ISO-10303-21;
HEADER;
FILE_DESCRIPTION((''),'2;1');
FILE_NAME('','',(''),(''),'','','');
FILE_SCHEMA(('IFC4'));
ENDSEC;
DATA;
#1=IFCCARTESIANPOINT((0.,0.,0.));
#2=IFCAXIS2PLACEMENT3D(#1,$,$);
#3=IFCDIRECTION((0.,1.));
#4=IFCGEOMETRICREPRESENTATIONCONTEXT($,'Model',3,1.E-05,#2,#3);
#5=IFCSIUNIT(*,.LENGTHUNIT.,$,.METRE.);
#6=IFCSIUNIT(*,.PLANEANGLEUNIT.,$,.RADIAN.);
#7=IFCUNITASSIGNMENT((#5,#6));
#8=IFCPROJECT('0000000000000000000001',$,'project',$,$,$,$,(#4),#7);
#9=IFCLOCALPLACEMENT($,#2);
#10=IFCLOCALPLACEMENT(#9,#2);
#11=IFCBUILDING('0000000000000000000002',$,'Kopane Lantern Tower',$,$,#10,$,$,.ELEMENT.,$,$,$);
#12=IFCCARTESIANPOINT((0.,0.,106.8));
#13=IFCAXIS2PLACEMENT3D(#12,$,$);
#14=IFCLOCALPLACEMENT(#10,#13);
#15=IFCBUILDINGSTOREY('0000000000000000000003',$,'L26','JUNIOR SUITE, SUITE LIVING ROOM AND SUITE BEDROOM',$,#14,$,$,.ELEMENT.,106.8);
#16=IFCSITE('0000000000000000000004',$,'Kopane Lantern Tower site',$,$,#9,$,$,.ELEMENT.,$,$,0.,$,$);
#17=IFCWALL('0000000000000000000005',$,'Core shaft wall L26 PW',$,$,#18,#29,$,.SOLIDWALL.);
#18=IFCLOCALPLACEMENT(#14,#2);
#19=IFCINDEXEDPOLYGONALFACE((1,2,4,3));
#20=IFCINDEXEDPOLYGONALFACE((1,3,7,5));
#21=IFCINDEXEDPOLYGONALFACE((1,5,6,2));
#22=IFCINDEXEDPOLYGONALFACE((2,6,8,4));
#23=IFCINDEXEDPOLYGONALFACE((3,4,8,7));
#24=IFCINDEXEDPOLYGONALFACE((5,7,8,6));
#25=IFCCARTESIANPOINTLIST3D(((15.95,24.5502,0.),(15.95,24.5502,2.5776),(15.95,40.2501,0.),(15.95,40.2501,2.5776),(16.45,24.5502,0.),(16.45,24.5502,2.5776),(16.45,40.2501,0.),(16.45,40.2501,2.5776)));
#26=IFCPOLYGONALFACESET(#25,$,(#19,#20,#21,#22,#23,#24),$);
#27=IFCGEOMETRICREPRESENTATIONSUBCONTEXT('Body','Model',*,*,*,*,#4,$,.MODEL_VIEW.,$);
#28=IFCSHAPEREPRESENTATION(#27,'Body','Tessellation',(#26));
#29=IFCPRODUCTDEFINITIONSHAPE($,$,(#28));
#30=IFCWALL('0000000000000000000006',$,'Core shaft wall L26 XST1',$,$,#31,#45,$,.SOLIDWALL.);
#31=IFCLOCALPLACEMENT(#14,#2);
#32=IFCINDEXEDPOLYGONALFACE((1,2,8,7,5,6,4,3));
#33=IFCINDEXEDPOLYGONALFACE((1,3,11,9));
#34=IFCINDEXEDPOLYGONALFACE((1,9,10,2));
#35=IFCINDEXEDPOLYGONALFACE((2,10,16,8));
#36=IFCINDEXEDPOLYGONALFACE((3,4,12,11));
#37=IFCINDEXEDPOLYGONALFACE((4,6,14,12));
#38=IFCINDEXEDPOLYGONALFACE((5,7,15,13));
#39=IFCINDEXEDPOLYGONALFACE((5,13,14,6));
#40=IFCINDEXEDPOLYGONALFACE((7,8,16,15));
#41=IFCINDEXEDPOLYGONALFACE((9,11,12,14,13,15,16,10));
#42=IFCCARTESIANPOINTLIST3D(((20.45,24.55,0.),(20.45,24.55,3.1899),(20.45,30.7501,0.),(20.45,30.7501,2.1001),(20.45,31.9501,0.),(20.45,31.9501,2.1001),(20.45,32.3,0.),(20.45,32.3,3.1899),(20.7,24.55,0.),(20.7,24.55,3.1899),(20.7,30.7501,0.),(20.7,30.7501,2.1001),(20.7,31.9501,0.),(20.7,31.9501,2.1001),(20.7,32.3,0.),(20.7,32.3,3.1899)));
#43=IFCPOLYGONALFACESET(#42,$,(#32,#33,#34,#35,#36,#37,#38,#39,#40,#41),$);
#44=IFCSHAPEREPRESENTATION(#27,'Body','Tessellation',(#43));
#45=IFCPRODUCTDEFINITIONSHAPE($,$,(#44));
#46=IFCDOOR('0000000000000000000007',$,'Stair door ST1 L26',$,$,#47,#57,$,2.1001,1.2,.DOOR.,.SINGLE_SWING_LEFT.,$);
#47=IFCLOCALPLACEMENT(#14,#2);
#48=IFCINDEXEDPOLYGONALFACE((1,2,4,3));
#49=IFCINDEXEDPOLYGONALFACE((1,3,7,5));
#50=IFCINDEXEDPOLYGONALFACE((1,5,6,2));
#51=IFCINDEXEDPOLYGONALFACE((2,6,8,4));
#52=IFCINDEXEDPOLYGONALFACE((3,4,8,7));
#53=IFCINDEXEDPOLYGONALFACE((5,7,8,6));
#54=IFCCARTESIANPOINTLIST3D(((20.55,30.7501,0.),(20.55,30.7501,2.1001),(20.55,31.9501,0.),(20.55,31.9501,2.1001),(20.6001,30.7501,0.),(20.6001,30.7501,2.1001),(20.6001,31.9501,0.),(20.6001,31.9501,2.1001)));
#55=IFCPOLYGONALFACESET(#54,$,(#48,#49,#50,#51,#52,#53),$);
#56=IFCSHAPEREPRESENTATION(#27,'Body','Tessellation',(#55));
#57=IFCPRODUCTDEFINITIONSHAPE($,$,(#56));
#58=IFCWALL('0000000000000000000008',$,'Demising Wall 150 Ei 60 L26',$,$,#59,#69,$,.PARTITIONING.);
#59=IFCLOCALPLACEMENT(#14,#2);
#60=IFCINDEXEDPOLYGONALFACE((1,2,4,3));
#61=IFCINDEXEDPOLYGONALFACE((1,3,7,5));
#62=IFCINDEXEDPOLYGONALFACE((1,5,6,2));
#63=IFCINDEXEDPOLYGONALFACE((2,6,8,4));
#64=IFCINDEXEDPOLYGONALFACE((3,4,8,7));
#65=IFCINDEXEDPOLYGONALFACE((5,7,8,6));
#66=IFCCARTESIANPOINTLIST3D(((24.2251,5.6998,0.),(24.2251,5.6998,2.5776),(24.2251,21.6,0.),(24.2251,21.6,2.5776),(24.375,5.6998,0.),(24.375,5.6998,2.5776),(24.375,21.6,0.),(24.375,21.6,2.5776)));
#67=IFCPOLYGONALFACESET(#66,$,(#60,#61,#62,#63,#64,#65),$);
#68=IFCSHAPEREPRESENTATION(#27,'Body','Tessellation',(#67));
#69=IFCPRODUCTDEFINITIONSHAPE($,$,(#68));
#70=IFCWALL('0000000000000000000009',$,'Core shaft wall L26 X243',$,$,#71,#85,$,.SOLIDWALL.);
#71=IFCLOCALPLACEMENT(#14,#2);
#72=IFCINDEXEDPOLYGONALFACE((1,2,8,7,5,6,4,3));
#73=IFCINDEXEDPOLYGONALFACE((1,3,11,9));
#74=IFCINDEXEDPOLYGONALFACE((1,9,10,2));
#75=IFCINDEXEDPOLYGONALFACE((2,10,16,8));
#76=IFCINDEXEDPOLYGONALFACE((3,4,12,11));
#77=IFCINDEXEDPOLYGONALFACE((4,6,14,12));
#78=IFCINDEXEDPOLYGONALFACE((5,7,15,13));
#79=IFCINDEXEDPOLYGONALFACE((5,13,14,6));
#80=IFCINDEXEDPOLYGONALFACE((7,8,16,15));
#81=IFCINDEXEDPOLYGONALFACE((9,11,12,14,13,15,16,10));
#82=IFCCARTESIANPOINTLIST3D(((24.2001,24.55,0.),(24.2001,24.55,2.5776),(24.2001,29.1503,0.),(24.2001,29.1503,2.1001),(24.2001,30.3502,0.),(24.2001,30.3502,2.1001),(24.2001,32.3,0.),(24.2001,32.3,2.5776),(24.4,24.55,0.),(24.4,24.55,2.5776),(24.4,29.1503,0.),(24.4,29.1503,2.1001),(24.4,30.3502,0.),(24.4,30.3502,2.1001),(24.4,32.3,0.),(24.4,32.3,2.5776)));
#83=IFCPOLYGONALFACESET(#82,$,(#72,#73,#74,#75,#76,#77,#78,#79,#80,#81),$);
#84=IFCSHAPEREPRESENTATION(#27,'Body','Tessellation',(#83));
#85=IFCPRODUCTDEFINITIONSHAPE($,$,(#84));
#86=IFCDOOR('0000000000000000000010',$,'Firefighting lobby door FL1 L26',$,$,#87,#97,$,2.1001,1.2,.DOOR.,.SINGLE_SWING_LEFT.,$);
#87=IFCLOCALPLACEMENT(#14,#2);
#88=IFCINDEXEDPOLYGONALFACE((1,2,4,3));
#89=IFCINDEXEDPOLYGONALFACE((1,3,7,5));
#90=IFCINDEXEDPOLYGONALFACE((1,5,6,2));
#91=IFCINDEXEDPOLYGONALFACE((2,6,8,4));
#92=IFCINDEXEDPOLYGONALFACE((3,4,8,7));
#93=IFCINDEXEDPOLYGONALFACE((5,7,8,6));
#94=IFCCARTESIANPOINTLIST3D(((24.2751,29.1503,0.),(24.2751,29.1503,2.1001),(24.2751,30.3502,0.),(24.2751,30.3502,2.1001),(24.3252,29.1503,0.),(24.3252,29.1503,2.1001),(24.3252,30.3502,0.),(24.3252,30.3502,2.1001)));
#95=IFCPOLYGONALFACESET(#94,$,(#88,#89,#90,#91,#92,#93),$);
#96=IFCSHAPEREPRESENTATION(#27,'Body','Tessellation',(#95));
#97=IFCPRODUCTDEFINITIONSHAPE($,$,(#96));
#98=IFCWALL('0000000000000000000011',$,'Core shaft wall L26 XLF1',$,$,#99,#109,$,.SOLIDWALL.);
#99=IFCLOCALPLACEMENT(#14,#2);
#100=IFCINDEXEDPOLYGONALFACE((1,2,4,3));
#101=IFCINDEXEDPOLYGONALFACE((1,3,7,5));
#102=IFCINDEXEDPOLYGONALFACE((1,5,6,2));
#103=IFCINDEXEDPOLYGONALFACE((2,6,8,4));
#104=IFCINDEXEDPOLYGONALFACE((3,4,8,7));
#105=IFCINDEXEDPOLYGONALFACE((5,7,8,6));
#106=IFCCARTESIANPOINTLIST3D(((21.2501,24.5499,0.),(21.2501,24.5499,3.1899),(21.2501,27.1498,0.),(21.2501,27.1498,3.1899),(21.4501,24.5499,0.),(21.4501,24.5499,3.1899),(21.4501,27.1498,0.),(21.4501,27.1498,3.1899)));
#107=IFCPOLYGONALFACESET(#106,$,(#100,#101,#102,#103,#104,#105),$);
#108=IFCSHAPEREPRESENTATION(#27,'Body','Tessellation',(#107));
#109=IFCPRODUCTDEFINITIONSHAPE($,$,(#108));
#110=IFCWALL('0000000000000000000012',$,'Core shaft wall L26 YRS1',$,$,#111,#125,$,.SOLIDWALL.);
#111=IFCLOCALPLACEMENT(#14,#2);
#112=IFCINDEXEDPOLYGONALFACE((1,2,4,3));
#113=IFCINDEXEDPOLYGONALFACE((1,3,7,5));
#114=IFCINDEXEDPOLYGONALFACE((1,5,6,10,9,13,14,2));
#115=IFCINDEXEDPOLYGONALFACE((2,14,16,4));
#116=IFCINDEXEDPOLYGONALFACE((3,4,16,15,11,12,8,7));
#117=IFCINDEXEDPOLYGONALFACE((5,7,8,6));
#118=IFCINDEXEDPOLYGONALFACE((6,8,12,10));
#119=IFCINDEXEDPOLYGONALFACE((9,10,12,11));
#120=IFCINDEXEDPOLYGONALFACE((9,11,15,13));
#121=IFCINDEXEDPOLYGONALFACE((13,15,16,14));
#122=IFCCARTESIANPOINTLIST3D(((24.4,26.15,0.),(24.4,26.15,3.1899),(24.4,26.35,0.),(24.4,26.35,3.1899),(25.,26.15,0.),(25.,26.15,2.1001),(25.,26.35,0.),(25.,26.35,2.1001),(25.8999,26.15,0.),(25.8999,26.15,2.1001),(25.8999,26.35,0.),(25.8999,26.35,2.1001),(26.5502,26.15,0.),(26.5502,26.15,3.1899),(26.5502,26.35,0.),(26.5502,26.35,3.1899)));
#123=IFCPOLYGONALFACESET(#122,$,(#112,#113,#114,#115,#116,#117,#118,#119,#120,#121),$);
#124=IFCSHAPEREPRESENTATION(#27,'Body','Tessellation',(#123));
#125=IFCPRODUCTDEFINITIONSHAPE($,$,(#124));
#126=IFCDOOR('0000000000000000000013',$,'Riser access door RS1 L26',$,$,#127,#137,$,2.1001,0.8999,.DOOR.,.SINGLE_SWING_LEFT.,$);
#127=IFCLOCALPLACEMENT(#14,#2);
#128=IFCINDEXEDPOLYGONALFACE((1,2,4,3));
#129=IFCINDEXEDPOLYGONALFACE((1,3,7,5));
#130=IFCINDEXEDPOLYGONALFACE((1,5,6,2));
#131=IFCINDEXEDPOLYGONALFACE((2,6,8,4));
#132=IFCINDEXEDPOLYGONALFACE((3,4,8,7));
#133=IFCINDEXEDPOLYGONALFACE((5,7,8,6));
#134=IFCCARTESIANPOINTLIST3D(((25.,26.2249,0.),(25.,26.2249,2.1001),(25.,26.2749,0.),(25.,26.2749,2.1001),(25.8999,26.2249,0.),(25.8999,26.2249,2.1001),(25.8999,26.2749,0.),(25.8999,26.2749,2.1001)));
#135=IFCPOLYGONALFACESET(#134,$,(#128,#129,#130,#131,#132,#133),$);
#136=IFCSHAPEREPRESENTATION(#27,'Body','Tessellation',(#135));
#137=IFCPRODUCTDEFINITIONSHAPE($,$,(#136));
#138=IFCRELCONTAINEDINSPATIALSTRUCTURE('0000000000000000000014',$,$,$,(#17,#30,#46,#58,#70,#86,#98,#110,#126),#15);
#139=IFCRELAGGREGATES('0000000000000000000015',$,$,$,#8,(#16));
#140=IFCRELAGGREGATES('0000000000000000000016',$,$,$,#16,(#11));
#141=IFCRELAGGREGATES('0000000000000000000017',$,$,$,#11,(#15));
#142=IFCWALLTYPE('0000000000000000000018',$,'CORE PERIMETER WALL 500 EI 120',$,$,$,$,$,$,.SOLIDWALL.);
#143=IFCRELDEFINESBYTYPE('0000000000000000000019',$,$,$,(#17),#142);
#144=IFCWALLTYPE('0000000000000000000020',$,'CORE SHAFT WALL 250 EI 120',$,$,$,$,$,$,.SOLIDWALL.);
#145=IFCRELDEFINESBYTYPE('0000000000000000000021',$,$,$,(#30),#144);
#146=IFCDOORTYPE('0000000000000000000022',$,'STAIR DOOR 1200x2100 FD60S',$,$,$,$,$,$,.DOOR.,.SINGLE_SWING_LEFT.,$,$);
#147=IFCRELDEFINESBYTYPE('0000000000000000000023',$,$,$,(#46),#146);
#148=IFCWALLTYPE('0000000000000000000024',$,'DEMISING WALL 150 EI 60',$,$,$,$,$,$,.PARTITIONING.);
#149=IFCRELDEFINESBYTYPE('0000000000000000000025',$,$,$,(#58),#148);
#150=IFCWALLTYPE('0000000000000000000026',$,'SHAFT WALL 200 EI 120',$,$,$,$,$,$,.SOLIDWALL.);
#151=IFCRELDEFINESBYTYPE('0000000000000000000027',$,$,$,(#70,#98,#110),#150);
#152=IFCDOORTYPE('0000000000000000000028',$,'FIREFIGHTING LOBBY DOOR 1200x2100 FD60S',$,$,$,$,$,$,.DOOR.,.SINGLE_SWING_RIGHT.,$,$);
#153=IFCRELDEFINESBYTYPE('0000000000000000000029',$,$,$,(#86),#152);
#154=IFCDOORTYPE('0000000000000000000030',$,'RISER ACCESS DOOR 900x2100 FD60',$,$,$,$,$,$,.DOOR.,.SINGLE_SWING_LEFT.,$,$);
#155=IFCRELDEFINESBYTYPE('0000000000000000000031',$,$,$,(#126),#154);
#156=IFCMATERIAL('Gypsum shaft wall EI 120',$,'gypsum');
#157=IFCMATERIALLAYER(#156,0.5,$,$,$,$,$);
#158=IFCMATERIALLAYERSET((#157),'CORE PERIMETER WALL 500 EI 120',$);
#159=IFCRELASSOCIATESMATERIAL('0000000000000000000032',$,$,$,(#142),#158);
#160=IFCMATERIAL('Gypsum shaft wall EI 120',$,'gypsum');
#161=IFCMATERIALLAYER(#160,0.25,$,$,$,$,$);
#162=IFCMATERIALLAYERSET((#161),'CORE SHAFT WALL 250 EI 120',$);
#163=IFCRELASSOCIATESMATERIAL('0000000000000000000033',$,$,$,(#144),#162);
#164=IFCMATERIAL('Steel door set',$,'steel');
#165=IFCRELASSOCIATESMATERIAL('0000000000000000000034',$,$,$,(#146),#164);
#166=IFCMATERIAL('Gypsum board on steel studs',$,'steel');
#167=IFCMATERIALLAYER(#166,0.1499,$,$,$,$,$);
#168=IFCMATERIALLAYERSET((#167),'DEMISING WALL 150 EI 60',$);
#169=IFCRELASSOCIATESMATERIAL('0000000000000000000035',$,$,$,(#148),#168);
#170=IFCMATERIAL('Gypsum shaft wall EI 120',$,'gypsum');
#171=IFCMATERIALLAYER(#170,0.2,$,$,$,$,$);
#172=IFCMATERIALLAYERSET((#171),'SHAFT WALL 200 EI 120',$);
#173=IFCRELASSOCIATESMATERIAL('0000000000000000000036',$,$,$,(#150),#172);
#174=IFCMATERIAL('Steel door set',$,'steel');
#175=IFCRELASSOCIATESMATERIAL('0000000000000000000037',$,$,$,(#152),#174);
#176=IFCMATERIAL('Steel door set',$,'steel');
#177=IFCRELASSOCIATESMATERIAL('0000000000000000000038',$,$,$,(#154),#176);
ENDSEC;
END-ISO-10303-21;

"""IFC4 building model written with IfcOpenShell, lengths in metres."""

from ifc_helpers import new_model, si_unit, direction, frame, frame_2d, origin, place, context, subcontext, project, spatial, rectangle, extrude, material, layer, layer_set, type_object, element, fill, save


model = new_model("IFC4")

# Units and contexts
model_context = context("Model", 3, precision=1e-05, world=origin(), true_north=direction((0.0, 1.0)))
body_context = subcontext(model_context, "Body", "Model", "MODEL_VIEW")
ifc_project = project(units=[si_unit("LENGTHUNIT", "METRE"), si_unit("PLANEANGLEUNIT", "RADIAN")], contexts=[model_context])

# Site, building, storey
site_placement = place(None, origin())
site = spatial("IfcSite", under=ifc_project, at=site_placement, Name="Kopane Lantern Tower site", CompositionType="ELEMENT", RefElevation=0.0)
building_placement = place(site_placement, origin())
building = spatial("IfcBuilding", under=site, at=building_placement, Name="Kopane Lantern Tower", CompositionType="ELEMENT")
storey_placement = place(building_placement, frame((0.0, 0.0, 106.8)))
storey = spatial("IfcBuildingStorey", under=building, at=storey_placement, Name="L26", Description="JUNIOR SUITE, SUITE LIVING ROOM AND SUITE BEDROOM", CompositionType="ELEMENT", Elevation=106.8)

# Wall
ifc_material_1 = material(Name="Gypsum shaft wall EI 120", Category="gypsum")
ifc_layer_1 = layer(ifc_material_1, 0.5)
ifc_layer_set_1 = layer_set([ifc_layer_1], Name="CORE PERIMETER WALL 500 EI 120")
wall_type_1 = type_object("IfcWallType", Name="CORE PERIMETER WALL 500 EI 120", PredefinedType="SOLIDWALL", material=ifc_layer_set_1)
wall_1_placement = place(storey_placement, frame((16.2, 24.55, 0.0), z_axis=(0.0, 0.0, 1.0), x_axis=(0.0, 1.0, 0.0)))
element("IfcWall", 1, at=wall_1_placement, inside=storey, type_object=wall_type_1, Name="Core shaft wall L26 PW", PredefinedType="SOLIDWALL", context=body_context, shape_type="SweptSolid", body=[
    extrude(rectangle(XDim=15.7, YDim=0.5, at=frame_2d((7.8501, 0.0))), origin(), (0.0, 0.0, 1.0), 2.5776),
])

# Wall, opening, door
ifc_material_2 = material(Name="Gypsum shaft wall EI 120", Category="gypsum")
ifc_layer_2 = layer(ifc_material_2, 0.25)
ifc_layer_set_2 = layer_set([ifc_layer_2], Name="CORE SHAFT WALL 250 EI 120")
wall_type_2 = type_object("IfcWallType", Name="CORE SHAFT WALL 250 EI 120", PredefinedType="SOLIDWALL", material=ifc_layer_set_2)
wall_2_placement = place(storey_placement, frame((20.575, 24.55, 0.0), z_axis=(0.0, 0.0, 1.0), x_axis=(0.0, 1.0, 0.0)))
wall_2 = element("IfcWall", 2, at=wall_2_placement, inside=storey, type_object=wall_type_2, Name="Core shaft wall L26 XST1", PredefinedType="SOLIDWALL", context=body_context, shape_type="SweptSolid", body=[
    extrude(rectangle(XDim=7.75, YDim=0.25, at=frame_2d((3.875, 0.0))), origin(), (0.0, 0.0, 1.0), 3.1899),
])
opening_1_placement = place(wall_2_placement, frame((6.2, 0.0, 0.0)))
opening_1 = element("IfcOpeningElement", 3, at=opening_1_placement, cuts=wall_2, PredefinedType="OPENING", context=body_context, shape_type="SweptSolid", body=[
    extrude(rectangle(XDim=1.2, YDim=2.1001, at=frame_2d((0.6001, 1.05))), frame((0.0, 0.135, 0.0), z_axis=(0.0, -1.0, 0.0), x_axis=(1.0, 0.0, 0.0)), (0.0, 0.0, 1.0), 0.27),
])
ifc_material_3 = material(Name="Steel door set", Category="steel")
door_type_1 = type_object("IfcDoorType", Name="STAIR DOOR 1200x2100 FD60S", OperationType="SINGLE_SWING_LEFT", PredefinedType="DOOR", material=ifc_material_3)
door_1_placement = place(opening_1_placement, origin())
door_1 = element("IfcDoor", 4, at=door_1_placement, inside=storey, type_object=door_type_1, Name="Stair door ST1 L26", OperationType="SINGLE_SWING_LEFT", OverallHeight=2.1001, OverallWidth=1.2, PredefinedType="DOOR", context=body_context, shape_type="SweptSolid", body=[
    extrude(rectangle(XDim=1.2, YDim=2.1001, at=frame_2d((0.6001, 1.05))), frame((0.0, 0.0249, 0.0), z_axis=(0.0, -1.0, 0.0), x_axis=(1.0, 0.0, 0.0)), (0.0, 0.0, 1.0), 0.05),
])
fill(opening_1, door_1)

# Wall
ifc_material_4 = material(Name="Gypsum board on steel studs", Category="steel")
ifc_layer_3 = layer(ifc_material_4, 0.1499)
ifc_layer_set_3 = layer_set([ifc_layer_3], Name="DEMISING WALL 150 EI 60")
wall_type_3 = type_object("IfcWallType", Name="DEMISING WALL 150 EI 60", PredefinedType="PARTITIONING", material=ifc_layer_set_3)
wall_3_placement = place(storey_placement, frame((24.3, 21.6001, 0.0), z_axis=(0.0, 0.0, 1.0), x_axis=(0.0, -1.0, 0.0)))
element("IfcWall", 5, at=wall_3_placement, inside=storey, type_object=wall_type_3, Name="Demising Wall 150 Ei 60 L26", PredefinedType="PARTITIONING", context=body_context, shape_type="SweptSolid", body=[
    extrude(rectangle(XDim=15.9001, YDim=0.1499, at=frame_2d((7.9502, 0.0))), origin(), (0.0, 0.0, 1.0), 2.5776),
])

# Wall, opening, door
ifc_material_5 = material(Name="Gypsum shaft wall EI 120", Category="gypsum")
ifc_layer_4 = layer(ifc_material_5, 0.2)
ifc_layer_set_4 = layer_set([ifc_layer_4], Name="SHAFT WALL 200 EI 120")
wall_type_4 = type_object("IfcWallType", Name="SHAFT WALL 200 EI 120", PredefinedType="SOLIDWALL", material=ifc_layer_set_4)
wall_4_placement = place(storey_placement, frame((24.3, 24.55, 0.0), z_axis=(0.0, 0.0, 1.0), x_axis=(0.0, 1.0, 0.0)))
wall_4 = element("IfcWall", 6, at=wall_4_placement, inside=storey, type_object=wall_type_4, Name="Core shaft wall L26 X243", PredefinedType="SOLIDWALL", context=body_context, shape_type="SweptSolid", body=[
    extrude(rectangle(XDim=7.75, YDim=0.2, at=frame_2d((3.875, 0.0))), origin(), (0.0, 0.0, 1.0), 2.5776),
])
opening_2_placement = place(wall_4_placement, frame((4.6001, 0.0, 0.0)))
opening_2 = element("IfcOpeningElement", 7, at=opening_2_placement, cuts=wall_4, PredefinedType="OPENING", context=body_context, shape_type="SweptSolid", body=[
    extrude(rectangle(XDim=1.2, YDim=2.1001, at=frame_2d((0.6001, 1.05))), frame((0.0, 0.1099, 0.0), z_axis=(0.0, -1.0, 0.0), x_axis=(1.0, 0.0, 0.0)), (0.0, 0.0, 1.0), 0.22),
])
ifc_material_6 = material(Name="Steel door set", Category="steel")
door_type_2 = type_object("IfcDoorType", Name="FIREFIGHTING LOBBY DOOR 1200x2100 FD60S", OperationType="SINGLE_SWING_RIGHT", PredefinedType="DOOR", material=ifc_material_6)
door_2_placement = place(opening_2_placement, origin())
door_2 = element("IfcDoor", 8, at=door_2_placement, inside=storey, type_object=door_type_2, Name="Firefighting lobby door FL1 L26", OperationType="SINGLE_SWING_LEFT", OverallHeight=2.1001, OverallWidth=1.2, PredefinedType="DOOR", context=body_context, shape_type="SweptSolid", body=[
    extrude(rectangle(XDim=1.2, YDim=2.1001, at=frame_2d((0.6001, 1.05))), frame((0.0, 0.0249, 0.0), z_axis=(0.0, -1.0, 0.0), x_axis=(1.0, 0.0, 0.0)), (0.0, 0.0, 1.0), 0.05),
])
fill(opening_2, door_2)

# Wall
wall_5_placement = place(storey_placement, frame((21.3501, 24.55, 0.0), z_axis=(0.0, 0.0, 1.0), x_axis=(0.0, 1.0, 0.0)))
element("IfcWall", 9, at=wall_5_placement, inside=storey, type_object=wall_type_4, Name="Core shaft wall L26 XLF1", PredefinedType="SOLIDWALL", context=body_context, shape_type="SweptSolid", body=[
    extrude(rectangle(XDim=2.5999, YDim=0.2, at=frame_2d((1.2998, 0.0))), origin(), (0.0, 0.0, 1.0), 3.1899),
])

# Wall, opening, door
wall_6_placement = place(storey_placement, frame((24.3999, 26.25, 0.0), z_axis=(0.0, 0.0, 1.0), x_axis=(1.0, 0.0, 0.0)))
wall_6 = element("IfcWall", 10, at=wall_6_placement, inside=storey, type_object=wall_type_4, Name="Core shaft wall L26 YRS1", PredefinedType="SOLIDWALL", context=body_context, shape_type="SweptSolid", body=[
    extrude(rectangle(XDim=2.1501, YDim=0.2, at=frame_2d((1.0752, 0.0))), origin(), (0.0, 0.0, 1.0), 3.1899),
])
opening_3_placement = place(wall_6_placement, frame((0.6001, 0.0, 0.0)))
opening_3 = element("IfcOpeningElement", 11, at=opening_3_placement, cuts=wall_6, PredefinedType="OPENING", context=body_context, shape_type="SweptSolid", body=[
    extrude(rectangle(XDim=0.8999, YDim=2.1001, at=frame_2d((0.45, 1.05))), frame((0.0, 0.1099, 0.0), z_axis=(0.0, -1.0, 0.0), x_axis=(1.0, 0.0, 0.0)), (0.0, 0.0, 1.0), 0.22),
])
ifc_material_7 = material(Name="Steel door set", Category="steel")
door_type_3 = type_object("IfcDoorType", Name="RISER ACCESS DOOR 900x2100 FD60", OperationType="SINGLE_SWING_LEFT", PredefinedType="DOOR", material=ifc_material_7)
door_3_placement = place(opening_3_placement, origin())
door_3 = element("IfcDoor", 12, at=door_3_placement, inside=storey, type_object=door_type_3, Name="Riser access door RS1 L26", OperationType="SINGLE_SWING_LEFT", OverallHeight=2.1001, OverallWidth=0.8999, PredefinedType="DOOR", context=body_context, shape_type="SweptSolid", body=[
    extrude(rectangle(XDim=0.8999, YDim=2.1001, at=frame_2d((0.45, 1.05))), frame((0.0, 0.0249, 0.0), z_axis=(0.0, -1.0, 0.0), x_axis=(1.0, 0.0, 0.0)), (0.0, 0.0, 1.0), 0.05),
])
fill(opening_3, door_3)

save(model, "model.ifc")
